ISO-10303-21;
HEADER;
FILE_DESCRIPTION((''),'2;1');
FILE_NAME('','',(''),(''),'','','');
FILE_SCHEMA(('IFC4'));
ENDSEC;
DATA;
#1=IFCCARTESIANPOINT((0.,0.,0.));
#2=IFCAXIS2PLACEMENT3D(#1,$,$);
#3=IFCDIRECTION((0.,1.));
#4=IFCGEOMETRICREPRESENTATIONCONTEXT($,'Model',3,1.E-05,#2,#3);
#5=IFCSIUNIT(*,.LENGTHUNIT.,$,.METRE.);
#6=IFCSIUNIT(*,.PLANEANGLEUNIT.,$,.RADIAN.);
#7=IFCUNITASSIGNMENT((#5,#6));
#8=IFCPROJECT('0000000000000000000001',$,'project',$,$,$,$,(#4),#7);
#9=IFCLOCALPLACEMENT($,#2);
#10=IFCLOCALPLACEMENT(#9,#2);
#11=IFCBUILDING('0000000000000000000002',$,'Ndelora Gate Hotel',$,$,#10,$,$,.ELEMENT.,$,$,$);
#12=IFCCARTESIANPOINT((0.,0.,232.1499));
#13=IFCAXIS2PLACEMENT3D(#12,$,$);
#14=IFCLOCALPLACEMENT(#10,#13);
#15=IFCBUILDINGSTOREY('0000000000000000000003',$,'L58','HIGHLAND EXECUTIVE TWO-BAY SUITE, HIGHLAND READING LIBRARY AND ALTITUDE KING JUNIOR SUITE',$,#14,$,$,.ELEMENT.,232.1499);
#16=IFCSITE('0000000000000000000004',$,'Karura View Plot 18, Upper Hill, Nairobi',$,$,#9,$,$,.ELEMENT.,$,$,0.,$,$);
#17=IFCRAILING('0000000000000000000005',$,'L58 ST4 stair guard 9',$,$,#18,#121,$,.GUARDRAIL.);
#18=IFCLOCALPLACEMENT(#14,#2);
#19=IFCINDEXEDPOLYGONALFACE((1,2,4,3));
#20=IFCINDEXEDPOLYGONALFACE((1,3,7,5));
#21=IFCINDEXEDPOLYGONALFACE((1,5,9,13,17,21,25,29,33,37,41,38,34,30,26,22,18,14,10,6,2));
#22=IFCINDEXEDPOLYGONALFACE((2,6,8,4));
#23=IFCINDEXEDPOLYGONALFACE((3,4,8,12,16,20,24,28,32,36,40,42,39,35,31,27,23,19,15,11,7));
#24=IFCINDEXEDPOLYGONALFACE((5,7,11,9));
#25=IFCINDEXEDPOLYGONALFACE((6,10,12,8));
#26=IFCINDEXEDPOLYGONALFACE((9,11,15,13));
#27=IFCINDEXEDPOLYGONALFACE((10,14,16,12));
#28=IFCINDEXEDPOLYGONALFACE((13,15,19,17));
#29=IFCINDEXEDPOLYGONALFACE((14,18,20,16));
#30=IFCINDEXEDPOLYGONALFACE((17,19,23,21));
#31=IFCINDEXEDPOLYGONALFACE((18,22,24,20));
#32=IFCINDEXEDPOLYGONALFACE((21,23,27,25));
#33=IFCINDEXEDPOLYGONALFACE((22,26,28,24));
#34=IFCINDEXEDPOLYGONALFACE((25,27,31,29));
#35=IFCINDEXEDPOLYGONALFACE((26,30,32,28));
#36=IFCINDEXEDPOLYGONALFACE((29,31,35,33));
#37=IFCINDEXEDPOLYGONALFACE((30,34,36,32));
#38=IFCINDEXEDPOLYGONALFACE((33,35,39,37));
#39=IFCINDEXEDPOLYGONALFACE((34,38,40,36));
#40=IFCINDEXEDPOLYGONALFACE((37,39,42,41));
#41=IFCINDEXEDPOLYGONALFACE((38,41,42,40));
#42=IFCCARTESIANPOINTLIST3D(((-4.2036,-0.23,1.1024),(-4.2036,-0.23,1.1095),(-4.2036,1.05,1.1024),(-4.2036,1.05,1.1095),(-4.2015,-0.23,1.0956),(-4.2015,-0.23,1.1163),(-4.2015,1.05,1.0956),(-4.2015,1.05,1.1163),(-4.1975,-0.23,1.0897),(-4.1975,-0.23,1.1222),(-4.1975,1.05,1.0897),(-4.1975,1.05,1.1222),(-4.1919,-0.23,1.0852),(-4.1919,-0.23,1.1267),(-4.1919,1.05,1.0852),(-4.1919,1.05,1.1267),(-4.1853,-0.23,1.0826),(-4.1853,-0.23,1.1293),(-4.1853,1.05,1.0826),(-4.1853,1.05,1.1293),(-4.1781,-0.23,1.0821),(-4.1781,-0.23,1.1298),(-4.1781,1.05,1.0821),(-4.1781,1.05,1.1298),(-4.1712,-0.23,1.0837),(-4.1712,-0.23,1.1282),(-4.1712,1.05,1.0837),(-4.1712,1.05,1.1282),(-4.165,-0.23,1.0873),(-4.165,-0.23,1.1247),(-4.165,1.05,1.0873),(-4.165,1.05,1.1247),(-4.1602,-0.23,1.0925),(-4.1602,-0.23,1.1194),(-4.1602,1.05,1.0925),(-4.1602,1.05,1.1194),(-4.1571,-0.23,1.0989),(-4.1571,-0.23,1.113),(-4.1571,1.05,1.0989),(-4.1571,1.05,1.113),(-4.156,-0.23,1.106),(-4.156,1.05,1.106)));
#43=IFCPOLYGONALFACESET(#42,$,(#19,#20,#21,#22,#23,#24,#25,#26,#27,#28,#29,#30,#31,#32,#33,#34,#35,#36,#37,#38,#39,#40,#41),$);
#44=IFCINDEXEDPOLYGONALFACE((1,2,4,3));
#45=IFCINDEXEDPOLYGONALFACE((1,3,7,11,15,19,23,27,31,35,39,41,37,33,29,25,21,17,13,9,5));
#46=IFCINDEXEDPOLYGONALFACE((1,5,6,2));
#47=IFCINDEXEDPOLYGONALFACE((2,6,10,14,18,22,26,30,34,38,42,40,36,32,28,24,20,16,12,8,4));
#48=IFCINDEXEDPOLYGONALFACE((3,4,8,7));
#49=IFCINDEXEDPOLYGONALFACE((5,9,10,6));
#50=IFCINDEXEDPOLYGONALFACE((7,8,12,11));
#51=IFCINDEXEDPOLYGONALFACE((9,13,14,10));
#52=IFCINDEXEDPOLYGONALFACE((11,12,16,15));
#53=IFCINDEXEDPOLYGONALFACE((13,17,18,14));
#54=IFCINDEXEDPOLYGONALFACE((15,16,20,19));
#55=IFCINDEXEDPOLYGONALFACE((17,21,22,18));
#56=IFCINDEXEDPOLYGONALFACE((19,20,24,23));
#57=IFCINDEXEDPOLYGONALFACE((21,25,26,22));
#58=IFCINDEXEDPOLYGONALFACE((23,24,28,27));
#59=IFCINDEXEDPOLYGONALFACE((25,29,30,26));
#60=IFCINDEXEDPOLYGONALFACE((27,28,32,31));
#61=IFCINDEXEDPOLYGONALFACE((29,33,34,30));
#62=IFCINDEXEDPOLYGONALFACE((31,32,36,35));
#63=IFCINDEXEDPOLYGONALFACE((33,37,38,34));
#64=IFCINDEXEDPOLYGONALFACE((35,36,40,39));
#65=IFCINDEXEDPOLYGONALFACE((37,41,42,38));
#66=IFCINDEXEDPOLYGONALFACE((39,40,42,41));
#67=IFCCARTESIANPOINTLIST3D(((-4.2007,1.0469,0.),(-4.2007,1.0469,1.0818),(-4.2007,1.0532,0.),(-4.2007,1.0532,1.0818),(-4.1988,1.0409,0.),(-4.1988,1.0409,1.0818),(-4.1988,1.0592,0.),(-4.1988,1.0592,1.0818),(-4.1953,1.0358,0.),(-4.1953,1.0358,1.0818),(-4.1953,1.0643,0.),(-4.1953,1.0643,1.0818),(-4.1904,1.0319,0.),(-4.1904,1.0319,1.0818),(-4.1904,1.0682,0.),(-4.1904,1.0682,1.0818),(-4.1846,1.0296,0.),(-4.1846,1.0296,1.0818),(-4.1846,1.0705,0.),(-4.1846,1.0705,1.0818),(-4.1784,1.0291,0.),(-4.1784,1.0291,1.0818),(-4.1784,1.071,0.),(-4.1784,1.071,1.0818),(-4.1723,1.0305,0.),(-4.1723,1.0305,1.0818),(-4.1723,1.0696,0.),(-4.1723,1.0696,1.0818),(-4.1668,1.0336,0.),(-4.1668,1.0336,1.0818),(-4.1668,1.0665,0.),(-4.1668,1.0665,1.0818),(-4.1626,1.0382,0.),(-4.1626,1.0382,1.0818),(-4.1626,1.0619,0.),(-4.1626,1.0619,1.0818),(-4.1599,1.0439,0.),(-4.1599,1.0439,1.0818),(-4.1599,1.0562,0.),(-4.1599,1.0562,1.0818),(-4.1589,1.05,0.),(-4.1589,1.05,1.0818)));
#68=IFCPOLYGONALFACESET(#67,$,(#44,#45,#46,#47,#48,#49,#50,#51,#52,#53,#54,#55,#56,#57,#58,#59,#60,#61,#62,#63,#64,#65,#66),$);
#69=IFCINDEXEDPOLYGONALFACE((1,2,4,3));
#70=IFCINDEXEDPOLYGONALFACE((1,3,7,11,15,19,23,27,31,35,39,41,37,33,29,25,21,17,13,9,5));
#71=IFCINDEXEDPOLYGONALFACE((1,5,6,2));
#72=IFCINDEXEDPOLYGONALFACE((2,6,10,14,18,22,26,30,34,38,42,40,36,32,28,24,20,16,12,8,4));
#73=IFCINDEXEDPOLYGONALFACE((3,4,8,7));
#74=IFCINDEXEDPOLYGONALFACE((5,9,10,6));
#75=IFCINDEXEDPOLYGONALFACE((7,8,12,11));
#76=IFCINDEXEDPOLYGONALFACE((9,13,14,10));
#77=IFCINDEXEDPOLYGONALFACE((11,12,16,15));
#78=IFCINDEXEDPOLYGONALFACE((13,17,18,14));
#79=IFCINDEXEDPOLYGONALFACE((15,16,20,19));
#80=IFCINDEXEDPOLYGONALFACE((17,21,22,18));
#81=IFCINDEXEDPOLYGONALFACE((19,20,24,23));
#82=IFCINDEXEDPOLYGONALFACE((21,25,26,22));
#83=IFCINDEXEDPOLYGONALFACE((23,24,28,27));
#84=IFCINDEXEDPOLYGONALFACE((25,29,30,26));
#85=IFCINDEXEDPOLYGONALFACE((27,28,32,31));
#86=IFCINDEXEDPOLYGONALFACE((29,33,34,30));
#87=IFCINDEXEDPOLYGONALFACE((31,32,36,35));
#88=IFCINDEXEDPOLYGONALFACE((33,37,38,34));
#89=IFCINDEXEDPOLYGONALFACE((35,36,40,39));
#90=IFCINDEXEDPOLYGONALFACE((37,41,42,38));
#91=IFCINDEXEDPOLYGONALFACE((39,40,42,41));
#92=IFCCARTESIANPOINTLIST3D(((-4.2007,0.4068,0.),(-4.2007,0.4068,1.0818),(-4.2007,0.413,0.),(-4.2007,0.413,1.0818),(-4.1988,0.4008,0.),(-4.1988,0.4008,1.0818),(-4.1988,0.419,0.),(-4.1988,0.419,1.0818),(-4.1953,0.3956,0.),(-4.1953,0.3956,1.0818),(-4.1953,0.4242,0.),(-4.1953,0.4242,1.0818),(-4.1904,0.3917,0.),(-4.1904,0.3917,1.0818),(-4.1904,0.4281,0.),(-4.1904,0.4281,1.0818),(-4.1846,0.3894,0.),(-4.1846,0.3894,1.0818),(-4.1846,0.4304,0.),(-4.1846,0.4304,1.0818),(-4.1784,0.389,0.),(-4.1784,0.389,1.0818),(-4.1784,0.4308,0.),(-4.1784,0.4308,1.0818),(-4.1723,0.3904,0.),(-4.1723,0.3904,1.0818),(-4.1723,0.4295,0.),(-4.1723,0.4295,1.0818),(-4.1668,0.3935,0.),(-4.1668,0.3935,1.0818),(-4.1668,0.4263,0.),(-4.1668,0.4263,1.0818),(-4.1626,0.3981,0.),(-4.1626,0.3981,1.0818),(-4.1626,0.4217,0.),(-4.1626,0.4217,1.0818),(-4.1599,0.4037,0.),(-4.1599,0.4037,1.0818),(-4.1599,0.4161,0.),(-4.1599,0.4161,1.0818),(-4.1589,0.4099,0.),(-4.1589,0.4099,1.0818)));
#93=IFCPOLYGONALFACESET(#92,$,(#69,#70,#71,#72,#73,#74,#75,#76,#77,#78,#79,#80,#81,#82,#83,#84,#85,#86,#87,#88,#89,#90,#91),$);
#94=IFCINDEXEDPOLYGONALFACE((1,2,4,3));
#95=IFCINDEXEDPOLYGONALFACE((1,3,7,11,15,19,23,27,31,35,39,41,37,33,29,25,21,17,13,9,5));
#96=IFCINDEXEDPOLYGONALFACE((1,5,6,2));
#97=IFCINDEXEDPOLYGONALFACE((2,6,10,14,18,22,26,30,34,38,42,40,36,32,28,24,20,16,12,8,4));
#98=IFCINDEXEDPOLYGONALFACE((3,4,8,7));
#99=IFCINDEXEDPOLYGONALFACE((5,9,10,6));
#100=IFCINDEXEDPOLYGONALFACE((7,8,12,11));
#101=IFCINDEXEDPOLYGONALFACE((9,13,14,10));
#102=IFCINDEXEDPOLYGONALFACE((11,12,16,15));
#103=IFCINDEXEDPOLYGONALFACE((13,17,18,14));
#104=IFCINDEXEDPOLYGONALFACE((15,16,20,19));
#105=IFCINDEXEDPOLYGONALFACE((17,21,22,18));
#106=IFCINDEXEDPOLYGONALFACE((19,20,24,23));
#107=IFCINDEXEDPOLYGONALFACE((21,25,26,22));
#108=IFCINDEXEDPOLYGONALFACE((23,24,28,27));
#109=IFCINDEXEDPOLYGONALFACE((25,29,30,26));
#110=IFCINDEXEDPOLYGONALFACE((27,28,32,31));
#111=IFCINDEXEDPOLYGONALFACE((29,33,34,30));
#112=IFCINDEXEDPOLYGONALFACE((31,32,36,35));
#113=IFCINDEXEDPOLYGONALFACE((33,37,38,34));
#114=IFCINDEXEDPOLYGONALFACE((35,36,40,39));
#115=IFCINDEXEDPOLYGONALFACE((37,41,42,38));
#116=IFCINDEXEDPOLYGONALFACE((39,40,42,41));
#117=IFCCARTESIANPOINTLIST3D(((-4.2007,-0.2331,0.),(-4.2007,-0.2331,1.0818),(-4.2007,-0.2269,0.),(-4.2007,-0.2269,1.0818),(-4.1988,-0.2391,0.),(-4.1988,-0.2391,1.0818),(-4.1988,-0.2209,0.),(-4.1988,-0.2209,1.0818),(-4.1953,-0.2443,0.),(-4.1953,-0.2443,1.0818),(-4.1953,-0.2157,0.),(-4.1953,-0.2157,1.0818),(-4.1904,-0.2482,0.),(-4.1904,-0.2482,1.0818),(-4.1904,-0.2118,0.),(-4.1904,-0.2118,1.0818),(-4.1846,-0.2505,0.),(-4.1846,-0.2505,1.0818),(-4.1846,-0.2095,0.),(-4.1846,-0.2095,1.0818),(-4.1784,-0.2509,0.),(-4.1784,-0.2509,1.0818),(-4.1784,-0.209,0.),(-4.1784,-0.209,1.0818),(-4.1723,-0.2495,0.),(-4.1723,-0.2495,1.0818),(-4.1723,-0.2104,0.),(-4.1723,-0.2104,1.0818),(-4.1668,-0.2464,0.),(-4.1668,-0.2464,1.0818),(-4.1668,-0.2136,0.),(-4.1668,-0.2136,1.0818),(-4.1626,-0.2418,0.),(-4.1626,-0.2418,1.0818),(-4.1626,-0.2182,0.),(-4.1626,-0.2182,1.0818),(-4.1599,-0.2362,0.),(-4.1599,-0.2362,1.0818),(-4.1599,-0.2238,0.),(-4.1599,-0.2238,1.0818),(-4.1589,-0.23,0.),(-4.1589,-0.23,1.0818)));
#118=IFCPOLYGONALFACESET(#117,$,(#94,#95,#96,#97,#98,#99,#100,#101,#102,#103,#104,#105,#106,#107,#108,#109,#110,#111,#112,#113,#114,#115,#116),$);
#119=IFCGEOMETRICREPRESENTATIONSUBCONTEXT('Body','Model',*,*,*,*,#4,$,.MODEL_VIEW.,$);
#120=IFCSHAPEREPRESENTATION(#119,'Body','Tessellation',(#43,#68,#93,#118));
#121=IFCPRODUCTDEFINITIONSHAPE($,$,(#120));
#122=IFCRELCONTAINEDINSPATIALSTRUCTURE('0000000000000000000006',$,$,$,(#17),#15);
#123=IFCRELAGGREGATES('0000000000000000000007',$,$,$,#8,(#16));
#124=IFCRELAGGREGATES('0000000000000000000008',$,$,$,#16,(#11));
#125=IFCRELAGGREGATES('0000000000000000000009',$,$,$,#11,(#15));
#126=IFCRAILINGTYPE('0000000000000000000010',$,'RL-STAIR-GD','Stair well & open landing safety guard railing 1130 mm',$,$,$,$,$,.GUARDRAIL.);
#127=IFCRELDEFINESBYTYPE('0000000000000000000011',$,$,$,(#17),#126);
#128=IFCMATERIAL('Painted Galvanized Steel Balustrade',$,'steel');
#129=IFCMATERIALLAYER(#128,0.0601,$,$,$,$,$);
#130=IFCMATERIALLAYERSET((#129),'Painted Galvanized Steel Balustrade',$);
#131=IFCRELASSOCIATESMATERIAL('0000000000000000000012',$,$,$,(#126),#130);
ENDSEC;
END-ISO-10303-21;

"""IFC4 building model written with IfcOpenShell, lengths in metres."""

from ifc_helpers import new_model, si_unit, direction, frame, origin, origin_2d, place, context, subcontext, project, spatial, circle, extrude, material, layer, layer_set, type_object, element, save


model = new_model("IFC4")

# Units and contexts
model_context = context("Model", 3, precision=1e-05, world=origin(), true_north=direction((0.0, 1.0)))
body_context = subcontext(model_context, "Body", "Model", "MODEL_VIEW")
ifc_project = project(units=[si_unit("LENGTHUNIT", "METRE"), si_unit("PLANEANGLEUNIT", "RADIAN")], contexts=[model_context])

# Site, building, storey
site_placement = place(None, origin())
site = spatial("IfcSite", under=ifc_project, at=site_placement, Name="Karura View Plot 18, Upper Hill, Nairobi", CompositionType="ELEMENT", RefElevation=0.0)
building_placement = place(site_placement, origin())
building = spatial("IfcBuilding", under=site, at=building_placement, Name="Ndelora Gate Hotel", CompositionType="ELEMENT")
storey_placement = place(building_placement, frame((0.0, 0.0, 232.1499)))
storey = spatial("IfcBuildingStorey", under=building, at=storey_placement, Name="L58", Description="HIGHLAND EXECUTIVE TWO-BAY SUITE, HIGHLAND READING LIBRARY AND ALTITUDE KING JUNIOR SUITE", CompositionType="ELEMENT", Elevation=232.1499)

# Railing
ifc_material_1 = material(Name="Painted Galvanized Steel Balustrade", Category="steel")
ifc_layer_1 = layer(ifc_material_1, 0.0601)
ifc_layer_set_1 = layer_set([ifc_layer_1], Name="Painted Galvanized Steel Balustrade")
railing_type_1 = type_object("IfcRailingType", Name="RL-STAIR-GD", Description="Stair well & open landing safety guard railing 1130 mm", PredefinedType="GUARDRAIL", material=ifc_layer_set_1)
for number, where, name in (
    (1, (-4.1799, 1.05, 0.0), "L58 ST4 stair guard 9"),
):
    element("IfcRailing", number, at=place(storey_placement, frame(where)), inside=storey, type_object=railing_type_1, Name=name, PredefinedType="GUARDRAIL", context=body_context, shape_type="SweptSolid", body=[
        extrude(circle(Radius=0.0239, at=origin_2d()), frame((0.0, 0.0, 1.106), z_axis=(0.0, -1.0, 0.0), x_axis=(1.0, 0.0, 0.0)), (0.0, 0.0, 1.0), 1.28),
        extrude(circle(Radius=0.021, at=origin_2d()), origin(), (0.0, 0.0, 1.0), 1.0818),
        extrude(circle(Radius=0.021, at=origin_2d()), frame((0.0, -0.6401, 0.0)), (0.0, 0.0, 1.0), 1.0818),
        extrude(circle(Radius=0.021, at=origin_2d()), frame((0.0, -1.28, 0.0)), (0.0, 0.0, 1.0), 1.0818),
    ])

save(model, "model.ifc")
